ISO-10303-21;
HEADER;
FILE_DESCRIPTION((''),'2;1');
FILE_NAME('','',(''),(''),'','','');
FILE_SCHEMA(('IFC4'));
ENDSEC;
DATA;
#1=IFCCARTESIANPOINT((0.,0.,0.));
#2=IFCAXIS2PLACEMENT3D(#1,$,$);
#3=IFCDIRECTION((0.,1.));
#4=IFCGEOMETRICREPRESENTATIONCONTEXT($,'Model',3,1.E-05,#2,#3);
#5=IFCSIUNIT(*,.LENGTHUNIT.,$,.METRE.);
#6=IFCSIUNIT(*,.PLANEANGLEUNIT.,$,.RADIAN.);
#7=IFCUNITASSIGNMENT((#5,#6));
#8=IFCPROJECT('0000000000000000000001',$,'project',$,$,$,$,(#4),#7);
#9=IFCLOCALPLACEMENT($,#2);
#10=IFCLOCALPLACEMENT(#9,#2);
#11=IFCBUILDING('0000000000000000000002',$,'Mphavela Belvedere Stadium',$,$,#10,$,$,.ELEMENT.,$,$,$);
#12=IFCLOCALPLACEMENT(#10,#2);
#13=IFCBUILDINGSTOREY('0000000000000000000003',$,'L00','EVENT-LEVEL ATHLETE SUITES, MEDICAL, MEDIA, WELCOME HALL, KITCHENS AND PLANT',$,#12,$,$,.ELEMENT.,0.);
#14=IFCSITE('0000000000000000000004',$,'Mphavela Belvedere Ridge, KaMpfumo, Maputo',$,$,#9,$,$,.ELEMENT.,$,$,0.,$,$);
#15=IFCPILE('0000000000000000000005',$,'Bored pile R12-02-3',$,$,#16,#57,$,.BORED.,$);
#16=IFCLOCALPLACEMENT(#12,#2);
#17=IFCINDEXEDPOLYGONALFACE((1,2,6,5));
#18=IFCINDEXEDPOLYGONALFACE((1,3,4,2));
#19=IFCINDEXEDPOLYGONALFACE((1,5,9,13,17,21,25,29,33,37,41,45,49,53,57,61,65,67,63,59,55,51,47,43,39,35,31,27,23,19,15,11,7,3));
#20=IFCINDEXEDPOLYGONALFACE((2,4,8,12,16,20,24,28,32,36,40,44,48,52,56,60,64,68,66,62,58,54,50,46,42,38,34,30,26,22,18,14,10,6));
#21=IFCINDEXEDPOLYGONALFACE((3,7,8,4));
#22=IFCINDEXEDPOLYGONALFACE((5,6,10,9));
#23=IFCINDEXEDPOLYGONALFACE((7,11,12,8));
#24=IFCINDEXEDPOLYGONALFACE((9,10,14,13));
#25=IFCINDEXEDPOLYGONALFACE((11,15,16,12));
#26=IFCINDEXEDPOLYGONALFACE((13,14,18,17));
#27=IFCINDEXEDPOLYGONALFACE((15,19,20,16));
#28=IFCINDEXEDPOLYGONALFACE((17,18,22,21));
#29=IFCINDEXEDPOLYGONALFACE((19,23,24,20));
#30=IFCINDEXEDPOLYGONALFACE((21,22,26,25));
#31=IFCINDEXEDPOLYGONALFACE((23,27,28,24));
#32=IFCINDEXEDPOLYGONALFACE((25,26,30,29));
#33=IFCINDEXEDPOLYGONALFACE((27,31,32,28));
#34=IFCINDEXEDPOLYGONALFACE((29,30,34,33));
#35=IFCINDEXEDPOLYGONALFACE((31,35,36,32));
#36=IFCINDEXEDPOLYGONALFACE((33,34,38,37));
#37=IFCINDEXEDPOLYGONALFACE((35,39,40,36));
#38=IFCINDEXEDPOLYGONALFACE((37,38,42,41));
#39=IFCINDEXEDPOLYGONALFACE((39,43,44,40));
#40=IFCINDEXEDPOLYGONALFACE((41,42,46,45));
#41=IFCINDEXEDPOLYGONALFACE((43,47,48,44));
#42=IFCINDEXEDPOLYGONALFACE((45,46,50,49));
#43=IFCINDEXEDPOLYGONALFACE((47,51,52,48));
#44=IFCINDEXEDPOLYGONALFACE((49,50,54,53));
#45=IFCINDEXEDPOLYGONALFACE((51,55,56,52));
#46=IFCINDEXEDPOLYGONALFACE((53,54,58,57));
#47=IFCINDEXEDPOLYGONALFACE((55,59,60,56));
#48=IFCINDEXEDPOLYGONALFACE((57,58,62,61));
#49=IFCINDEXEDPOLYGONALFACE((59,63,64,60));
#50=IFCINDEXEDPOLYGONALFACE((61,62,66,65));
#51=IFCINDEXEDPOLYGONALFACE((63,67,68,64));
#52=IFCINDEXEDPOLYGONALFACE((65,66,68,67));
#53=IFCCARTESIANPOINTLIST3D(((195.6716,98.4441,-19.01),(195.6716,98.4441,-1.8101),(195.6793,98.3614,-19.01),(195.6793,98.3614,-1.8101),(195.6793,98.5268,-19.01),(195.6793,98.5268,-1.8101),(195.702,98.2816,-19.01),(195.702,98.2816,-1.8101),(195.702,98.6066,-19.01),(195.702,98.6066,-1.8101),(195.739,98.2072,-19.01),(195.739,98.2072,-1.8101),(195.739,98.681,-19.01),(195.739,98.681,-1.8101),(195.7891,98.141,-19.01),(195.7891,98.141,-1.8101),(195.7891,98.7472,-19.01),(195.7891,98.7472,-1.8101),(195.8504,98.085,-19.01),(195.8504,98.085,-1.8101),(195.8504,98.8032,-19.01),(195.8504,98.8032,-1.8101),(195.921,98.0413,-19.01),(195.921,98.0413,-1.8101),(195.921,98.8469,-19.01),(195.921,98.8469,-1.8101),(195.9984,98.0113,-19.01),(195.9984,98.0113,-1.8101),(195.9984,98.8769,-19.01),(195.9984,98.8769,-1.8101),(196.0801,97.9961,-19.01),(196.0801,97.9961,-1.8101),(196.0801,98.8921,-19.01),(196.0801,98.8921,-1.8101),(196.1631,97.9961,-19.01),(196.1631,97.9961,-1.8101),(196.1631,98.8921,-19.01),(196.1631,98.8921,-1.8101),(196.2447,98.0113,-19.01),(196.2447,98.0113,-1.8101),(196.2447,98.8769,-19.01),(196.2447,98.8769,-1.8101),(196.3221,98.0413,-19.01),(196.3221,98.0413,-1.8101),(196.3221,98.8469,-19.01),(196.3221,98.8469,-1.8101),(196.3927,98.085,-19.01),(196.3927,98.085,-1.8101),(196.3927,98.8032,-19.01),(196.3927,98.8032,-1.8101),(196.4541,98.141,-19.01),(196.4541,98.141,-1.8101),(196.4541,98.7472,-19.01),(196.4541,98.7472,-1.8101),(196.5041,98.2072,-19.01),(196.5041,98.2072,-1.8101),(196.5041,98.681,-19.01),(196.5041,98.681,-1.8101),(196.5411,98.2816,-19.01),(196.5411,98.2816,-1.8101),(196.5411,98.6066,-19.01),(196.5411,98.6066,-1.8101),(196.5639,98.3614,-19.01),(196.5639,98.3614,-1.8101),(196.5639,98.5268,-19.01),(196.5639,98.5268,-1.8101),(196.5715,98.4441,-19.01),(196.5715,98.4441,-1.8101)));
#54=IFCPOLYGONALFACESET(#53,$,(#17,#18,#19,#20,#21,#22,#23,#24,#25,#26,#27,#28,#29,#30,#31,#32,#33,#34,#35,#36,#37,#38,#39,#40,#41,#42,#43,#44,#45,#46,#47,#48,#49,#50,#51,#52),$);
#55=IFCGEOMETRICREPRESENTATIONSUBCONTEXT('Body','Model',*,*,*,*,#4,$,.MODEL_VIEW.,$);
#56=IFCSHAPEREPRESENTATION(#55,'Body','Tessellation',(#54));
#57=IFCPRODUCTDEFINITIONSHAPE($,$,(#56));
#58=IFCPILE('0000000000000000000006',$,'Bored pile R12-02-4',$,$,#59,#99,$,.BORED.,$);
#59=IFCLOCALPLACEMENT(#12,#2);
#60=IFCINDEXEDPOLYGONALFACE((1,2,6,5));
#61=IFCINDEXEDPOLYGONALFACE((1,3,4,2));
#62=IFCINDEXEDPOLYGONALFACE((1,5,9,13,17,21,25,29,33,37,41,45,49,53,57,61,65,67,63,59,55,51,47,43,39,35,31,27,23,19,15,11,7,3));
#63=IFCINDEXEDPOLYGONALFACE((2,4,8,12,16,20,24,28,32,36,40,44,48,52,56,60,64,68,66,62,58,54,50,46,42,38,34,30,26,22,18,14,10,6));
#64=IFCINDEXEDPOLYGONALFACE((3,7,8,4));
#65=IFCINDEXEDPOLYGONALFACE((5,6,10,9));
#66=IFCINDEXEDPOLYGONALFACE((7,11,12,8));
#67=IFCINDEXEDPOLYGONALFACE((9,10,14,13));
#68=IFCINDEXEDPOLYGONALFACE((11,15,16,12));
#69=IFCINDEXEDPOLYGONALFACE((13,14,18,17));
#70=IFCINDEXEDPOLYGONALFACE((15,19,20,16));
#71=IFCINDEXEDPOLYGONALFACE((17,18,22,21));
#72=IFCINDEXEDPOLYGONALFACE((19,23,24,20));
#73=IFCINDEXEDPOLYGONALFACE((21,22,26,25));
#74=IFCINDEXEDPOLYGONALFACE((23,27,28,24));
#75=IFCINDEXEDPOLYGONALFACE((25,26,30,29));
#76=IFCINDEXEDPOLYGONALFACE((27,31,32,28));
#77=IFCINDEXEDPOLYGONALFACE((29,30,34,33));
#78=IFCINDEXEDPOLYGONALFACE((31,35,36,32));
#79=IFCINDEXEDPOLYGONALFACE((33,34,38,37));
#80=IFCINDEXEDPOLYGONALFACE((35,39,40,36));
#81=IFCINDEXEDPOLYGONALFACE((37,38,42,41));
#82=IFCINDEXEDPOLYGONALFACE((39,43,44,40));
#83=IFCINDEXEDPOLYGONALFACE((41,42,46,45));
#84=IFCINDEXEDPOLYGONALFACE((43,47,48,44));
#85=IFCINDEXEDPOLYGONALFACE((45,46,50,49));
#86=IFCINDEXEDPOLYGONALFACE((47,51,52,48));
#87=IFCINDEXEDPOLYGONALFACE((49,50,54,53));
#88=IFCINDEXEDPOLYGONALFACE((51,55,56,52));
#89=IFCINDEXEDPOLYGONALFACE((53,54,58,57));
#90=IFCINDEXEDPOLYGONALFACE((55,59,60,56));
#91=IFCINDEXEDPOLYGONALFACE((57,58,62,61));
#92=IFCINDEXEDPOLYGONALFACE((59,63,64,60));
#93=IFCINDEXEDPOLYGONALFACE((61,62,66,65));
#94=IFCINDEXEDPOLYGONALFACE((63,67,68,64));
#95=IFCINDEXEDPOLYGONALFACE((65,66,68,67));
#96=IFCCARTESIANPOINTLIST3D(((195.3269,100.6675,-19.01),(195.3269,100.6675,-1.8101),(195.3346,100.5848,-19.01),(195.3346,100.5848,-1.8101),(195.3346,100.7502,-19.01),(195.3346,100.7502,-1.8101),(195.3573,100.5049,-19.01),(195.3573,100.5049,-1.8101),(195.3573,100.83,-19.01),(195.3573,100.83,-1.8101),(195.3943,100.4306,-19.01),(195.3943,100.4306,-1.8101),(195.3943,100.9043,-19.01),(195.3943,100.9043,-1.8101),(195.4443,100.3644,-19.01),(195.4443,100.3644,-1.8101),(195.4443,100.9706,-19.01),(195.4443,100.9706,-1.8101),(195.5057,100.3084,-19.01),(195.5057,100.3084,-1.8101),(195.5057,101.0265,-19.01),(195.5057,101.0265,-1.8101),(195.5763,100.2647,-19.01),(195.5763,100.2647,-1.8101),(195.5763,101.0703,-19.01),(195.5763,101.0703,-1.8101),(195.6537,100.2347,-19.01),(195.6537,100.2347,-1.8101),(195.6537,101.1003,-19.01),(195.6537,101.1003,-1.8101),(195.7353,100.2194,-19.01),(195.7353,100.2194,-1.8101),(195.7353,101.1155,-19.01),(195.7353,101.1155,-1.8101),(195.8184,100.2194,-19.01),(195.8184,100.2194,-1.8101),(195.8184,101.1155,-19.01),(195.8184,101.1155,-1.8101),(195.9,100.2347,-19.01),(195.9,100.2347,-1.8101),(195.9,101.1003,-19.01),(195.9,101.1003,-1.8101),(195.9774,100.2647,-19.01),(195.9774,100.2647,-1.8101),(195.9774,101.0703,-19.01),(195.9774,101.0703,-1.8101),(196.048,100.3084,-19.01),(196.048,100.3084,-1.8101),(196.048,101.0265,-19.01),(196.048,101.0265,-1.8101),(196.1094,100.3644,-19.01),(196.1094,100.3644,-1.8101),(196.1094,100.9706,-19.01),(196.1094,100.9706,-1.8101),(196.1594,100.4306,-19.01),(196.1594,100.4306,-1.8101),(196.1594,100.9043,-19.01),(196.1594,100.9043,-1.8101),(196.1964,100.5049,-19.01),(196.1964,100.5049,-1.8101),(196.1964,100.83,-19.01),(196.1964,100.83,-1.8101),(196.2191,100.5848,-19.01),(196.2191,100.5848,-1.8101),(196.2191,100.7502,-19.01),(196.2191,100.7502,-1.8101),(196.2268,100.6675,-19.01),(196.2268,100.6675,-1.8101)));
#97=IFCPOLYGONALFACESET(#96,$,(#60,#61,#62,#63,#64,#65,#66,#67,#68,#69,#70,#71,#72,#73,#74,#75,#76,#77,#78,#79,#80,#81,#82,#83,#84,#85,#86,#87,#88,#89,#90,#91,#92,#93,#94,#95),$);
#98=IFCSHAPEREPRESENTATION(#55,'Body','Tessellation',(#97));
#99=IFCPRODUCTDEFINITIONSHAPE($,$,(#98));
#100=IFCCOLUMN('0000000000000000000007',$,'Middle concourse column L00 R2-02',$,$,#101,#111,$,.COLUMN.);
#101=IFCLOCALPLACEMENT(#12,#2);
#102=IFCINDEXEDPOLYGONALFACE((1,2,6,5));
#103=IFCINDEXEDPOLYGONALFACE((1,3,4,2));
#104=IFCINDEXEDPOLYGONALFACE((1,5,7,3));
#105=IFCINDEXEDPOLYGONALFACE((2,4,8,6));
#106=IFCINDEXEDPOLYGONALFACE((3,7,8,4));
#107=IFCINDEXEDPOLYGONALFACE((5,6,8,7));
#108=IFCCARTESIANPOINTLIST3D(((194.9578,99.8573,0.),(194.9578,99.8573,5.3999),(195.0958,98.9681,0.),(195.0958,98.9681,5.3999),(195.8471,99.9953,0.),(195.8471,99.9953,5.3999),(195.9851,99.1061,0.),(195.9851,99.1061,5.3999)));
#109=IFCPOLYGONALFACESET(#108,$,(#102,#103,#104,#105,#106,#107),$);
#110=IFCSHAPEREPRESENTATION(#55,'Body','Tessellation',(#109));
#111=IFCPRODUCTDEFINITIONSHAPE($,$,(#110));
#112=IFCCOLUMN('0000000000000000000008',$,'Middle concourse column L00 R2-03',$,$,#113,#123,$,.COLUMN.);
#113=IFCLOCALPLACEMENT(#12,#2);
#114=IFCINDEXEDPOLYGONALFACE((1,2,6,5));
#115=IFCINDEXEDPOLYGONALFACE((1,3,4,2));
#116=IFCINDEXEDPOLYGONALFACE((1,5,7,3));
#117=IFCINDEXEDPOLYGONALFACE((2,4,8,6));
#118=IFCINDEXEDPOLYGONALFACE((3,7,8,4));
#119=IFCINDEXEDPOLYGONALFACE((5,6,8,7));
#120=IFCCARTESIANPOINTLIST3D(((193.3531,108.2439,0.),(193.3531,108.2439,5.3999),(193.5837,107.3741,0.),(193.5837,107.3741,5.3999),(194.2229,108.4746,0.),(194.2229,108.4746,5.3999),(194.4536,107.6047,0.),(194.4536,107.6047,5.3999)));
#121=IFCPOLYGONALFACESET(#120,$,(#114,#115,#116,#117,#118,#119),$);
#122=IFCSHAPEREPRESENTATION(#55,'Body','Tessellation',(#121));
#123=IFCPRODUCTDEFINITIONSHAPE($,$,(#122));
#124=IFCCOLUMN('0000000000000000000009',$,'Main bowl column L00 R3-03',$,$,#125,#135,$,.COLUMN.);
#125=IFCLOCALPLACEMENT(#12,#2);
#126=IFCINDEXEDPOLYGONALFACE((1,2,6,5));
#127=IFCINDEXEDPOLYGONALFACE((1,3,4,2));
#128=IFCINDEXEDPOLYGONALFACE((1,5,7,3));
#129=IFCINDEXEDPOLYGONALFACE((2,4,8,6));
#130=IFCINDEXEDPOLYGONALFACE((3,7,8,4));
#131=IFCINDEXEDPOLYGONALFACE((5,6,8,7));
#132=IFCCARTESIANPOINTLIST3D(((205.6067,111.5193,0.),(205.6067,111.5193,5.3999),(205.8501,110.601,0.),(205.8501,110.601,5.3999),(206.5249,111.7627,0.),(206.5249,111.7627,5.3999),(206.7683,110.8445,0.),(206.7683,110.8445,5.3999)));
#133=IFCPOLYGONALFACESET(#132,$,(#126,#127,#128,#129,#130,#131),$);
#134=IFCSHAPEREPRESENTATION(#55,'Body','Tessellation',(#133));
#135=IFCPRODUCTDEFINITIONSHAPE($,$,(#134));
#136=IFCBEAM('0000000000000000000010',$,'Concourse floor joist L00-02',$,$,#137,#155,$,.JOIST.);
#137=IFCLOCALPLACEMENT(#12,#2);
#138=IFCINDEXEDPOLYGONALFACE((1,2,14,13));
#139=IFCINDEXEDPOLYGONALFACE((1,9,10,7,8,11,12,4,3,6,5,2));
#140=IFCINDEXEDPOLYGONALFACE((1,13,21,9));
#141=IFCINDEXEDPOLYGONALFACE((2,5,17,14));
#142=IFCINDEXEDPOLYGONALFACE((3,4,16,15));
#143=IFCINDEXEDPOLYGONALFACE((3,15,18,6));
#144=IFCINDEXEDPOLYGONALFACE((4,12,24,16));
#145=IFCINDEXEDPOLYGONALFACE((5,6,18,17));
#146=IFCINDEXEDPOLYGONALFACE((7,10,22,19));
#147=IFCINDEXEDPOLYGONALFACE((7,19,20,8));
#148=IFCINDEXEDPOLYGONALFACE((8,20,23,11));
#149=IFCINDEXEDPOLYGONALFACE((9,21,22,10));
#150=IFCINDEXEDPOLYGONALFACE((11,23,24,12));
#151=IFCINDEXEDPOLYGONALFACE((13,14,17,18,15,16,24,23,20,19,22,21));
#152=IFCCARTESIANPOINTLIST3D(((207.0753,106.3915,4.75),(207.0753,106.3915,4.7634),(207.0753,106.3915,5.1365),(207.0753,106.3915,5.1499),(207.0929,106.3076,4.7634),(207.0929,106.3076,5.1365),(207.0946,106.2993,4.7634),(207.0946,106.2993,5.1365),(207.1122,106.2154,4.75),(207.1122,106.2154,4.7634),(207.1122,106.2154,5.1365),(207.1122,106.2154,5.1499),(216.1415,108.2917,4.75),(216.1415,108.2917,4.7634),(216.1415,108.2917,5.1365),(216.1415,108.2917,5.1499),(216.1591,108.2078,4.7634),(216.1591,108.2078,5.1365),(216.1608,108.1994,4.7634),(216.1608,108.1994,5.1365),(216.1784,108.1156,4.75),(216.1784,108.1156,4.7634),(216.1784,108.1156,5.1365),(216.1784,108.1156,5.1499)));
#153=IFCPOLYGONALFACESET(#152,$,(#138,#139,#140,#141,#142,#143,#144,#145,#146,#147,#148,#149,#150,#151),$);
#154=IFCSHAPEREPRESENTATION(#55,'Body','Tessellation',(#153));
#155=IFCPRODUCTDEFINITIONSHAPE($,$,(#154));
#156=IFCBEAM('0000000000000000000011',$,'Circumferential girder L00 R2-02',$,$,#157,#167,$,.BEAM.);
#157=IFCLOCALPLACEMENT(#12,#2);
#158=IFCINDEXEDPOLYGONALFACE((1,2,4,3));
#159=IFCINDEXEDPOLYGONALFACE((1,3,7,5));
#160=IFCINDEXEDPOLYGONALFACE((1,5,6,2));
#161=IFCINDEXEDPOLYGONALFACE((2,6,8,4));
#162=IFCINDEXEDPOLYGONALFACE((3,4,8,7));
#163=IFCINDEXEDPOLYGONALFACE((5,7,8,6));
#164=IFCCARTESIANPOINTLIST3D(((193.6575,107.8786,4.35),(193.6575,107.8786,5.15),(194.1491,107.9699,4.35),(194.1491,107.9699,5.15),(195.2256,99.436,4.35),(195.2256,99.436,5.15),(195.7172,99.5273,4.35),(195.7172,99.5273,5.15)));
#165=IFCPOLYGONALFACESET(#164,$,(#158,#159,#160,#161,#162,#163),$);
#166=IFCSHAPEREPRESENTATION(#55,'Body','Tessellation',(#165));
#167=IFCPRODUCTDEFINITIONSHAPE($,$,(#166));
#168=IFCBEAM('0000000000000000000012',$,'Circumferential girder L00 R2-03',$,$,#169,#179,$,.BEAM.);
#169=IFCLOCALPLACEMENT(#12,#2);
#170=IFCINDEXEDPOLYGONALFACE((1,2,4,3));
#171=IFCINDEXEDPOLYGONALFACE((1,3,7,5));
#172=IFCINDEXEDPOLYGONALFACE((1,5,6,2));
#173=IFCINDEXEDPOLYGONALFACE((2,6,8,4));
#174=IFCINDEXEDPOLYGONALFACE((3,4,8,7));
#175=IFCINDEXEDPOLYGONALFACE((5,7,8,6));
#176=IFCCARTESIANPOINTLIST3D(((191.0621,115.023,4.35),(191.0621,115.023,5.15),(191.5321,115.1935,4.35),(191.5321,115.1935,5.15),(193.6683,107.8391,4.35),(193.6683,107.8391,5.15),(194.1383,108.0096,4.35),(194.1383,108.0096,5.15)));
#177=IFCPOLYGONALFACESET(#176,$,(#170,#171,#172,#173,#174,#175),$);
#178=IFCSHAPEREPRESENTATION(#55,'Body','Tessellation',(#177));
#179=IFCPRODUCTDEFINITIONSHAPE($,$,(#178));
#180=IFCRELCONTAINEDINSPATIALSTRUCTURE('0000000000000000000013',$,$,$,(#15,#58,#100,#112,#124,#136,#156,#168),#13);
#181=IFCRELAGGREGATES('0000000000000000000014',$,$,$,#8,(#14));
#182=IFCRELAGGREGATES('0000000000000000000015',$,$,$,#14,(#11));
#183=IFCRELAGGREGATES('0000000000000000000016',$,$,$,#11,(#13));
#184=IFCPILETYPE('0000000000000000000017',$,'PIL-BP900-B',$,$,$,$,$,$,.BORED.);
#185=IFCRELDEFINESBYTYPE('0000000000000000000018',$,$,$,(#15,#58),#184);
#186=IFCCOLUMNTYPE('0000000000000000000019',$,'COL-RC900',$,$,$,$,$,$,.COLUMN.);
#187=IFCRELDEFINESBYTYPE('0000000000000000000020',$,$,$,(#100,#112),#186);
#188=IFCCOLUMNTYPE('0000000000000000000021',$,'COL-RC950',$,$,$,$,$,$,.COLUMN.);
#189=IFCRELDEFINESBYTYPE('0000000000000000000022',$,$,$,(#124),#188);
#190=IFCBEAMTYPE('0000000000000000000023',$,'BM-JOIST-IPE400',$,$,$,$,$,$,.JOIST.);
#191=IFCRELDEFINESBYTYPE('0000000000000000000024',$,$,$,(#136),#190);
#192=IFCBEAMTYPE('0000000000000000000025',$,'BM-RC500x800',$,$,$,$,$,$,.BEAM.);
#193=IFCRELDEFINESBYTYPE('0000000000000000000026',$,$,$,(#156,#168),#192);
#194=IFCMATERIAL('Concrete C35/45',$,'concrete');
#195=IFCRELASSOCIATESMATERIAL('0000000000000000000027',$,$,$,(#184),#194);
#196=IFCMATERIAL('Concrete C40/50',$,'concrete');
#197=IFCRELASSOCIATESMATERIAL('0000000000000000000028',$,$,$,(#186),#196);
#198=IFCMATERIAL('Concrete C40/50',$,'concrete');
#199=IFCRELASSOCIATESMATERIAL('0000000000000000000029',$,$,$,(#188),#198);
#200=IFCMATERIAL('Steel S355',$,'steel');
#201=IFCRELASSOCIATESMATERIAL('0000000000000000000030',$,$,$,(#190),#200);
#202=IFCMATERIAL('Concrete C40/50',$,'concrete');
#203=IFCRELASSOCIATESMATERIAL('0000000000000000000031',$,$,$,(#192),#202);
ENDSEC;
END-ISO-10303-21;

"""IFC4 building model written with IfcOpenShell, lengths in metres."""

from ifc_helpers import new_model, si_unit, direction, frame, origin, origin_2d, place, context, subcontext, project, spatial, rectangle, circle, i_section, extrude, material, material_profile, profile_set, type_object, element, save


model = new_model("IFC4")

# Units and contexts
model_context = context("Model", 3, precision=1e-05, world=origin(), true_north=direction((0.0, 1.0)))
body_context = subcontext(model_context, "Body", "Model", "MODEL_VIEW")
ifc_project = project(units=[si_unit("LENGTHUNIT", "METRE"), si_unit("PLANEANGLEUNIT", "RADIAN")], contexts=[model_context])

# Site, building, storey
site_placement = place(None, origin())
site = spatial("IfcSite", under=ifc_project, at=site_placement, Name="Mphavela Belvedere Ridge, KaMpfumo, Maputo", CompositionType="ELEMENT", RefElevation=0.0)
building_placement = place(site_placement, origin())
building = spatial("IfcBuilding", under=site, at=building_placement, Name="Mphavela Belvedere Stadium", CompositionType="ELEMENT")
storey_placement = place(building_placement, origin())
storey = spatial("IfcBuildingStorey", under=building, at=storey_placement, Name="L00", Description="EVENT-LEVEL ATHLETE SUITES, MEDICAL, MEDIA, WELCOME HALL, KITCHENS AND PLANT", CompositionType="ELEMENT", Elevation=0.0)

# Piles
ifc_material_1 = material(Name="Concrete C35/45", Category="concrete")
ifc_material_profile_1 = material_profile(ifc_material_1, circle(Radius=0.45, at=origin_2d()), Name="BP D900")
ifc_profile_set_1 = profile_set([ifc_material_profile_1], Name="Concrete C35/45")
pile_type_1 = type_object("IfcPileType", Name="PIL-BP900-B", PredefinedType="BORED", material=ifc_profile_set_1)
for number, where, z_axis, x_axis, name in (
    (1, (196.1216, 98.4441, -1.8101), (0.0, 0.0, -1.0), (1.0, 0.0, 0.0), "Bored pile R12-02-3"),
    (2, (195.7769, 100.6675, -1.8101), (0.0, 0.0, -1.0), (1.0, 0.0, 0.0), "Bored pile R12-02-4"),
):
    element("IfcPile", number, at=place(storey_placement, frame(where, z_axis=z_axis, x_axis=x_axis)), inside=storey, type_object=pile_type_1, Name=name, PredefinedType="BORED", context=body_context, shape_type="SweptSolid", body=[
        extrude(circle(Radius=0.45, at=origin_2d()), origin(), (0.0, 0.0, 1.0), 17.2),
    ])

# Columns
ifc_material_2 = material(Name="Concrete C40/50", Category="concrete")
ifc_material_profile_2 = material_profile(ifc_material_2, rectangle(XDim=0.8999, YDim=0.8999, at=origin_2d()), Name="RC 900x900")
ifc_profile_set_2 = profile_set([ifc_material_profile_2], Name="Concrete C40/50")
column_type_1 = type_object("IfcColumnType", Name="COL-RC900", PredefinedType="COLUMN", material=ifc_profile_set_2)
for number, where, z_axis, x_axis, name in (
    (3, (195.4714, 99.4817, 0.0), (0.0, 0.0, 1.0), (0.988175, 0.153331, 0.0), "Middle concourse column L00 R2-02"),
    (4, (193.9033, 107.9243, 0.0), (0.0, 0.0, 1.0), (0.9666, 0.256289, 0.0), "Middle concourse column L00 R2-03"),
):
    element("IfcColumn", number, at=place(storey_placement, frame(where, z_axis=z_axis, x_axis=x_axis)), inside=storey, type_object=column_type_1, Name=name, PredefinedType="COLUMN", context=body_context, shape_type="SweptSolid", body=[
        extrude(rectangle(XDim=0.8999, YDim=0.8999, at=origin_2d()), origin(), (0.0, 0.0, 1.0), 5.3999),
    ])
ifc_material_3 = material(Name="Concrete C40/50", Category="concrete")
ifc_material_profile_3 = material_profile(ifc_material_3, rectangle(XDim=0.95, YDim=0.95, at=origin_2d()), Name="RC 950x950")
ifc_profile_set_3 = profile_set([ifc_material_profile_3], Name="Concrete C40/50")
column_type_2 = type_object("IfcColumnType", Name="COL-RC950", PredefinedType="COLUMN", material=ifc_profile_set_3)
column_placement = place(storey_placement, frame((206.1875, 111.1819, 0.0), z_axis=(0.0, 0.0, 1.0), x_axis=(0.9666, 0.256289, 0.0)))
element("IfcColumn", 5, at=column_placement, inside=storey, type_object=column_type_2, Name="Main bowl column L00 R3-03", PredefinedType="COLUMN", context=body_context, shape_type="SweptSolid", body=[
    extrude(rectangle(XDim=0.95, YDim=0.95, at=origin_2d()), origin(), (0.0, 0.0, 1.0), 5.3999),
])

# Beams
ifc_material_4 = material(Name="Steel S355", Category="steel")
ifc_material_profile_4 = material_profile(ifc_material_4, i_section(OverallWidth=0.1799, OverallDepth=0.3999, WebThickness=0.0085, FlangeThickness=0.0134, at=origin_2d()), Name="IPE 400")
ifc_profile_set_4 = profile_set([ifc_material_profile_4], Name="Steel S355")
beam_type_1 = type_object("IfcBeamType", Name="BM-JOIST-IPE400", PredefinedType="JOIST", material=ifc_profile_set_4)
beam_1_placement = place(storey_placement, frame((207.0938, 106.3035, 4.95), z_axis=(0.978735, 0.20513, 0.0), x_axis=(-0.20513, 0.978735, 0.0)))
element("IfcBeam", 6, at=beam_1_placement, inside=storey, type_object=beam_type_1, Name="Concourse floor joist L00-02", PredefinedType="JOIST", context=body_context, shape_type="SweptSolid", body=[
    extrude(i_section(OverallWidth=0.1799, OverallDepth=0.3999, WebThickness=0.0085, FlangeThickness=0.0134, at=origin_2d()), origin(), (0.0, 0.0, 1.0), 9.2632),
])
ifc_material_5 = material(Name="Concrete C40/50", Category="concrete")
ifc_material_profile_5 = material_profile(ifc_material_5, rectangle(XDim=0.5, YDim=0.8, at=origin_2d()), Name="RC 500x800")
ifc_profile_set_5 = profile_set([ifc_material_profile_5], Name="Concrete C40/50")
beam_type_2 = type_object("IfcBeamType", Name="BM-RC500x800", PredefinedType="BEAM", material=ifc_profile_set_5)
beam_2_placement = place(storey_placement, frame((195.4714, 99.4817, 4.75), z_axis=(-0.182615, 0.983185, 0.0), x_axis=(-0.983185, -0.182615, 0.0)))
element("IfcBeam", 7, at=beam_2_placement, inside=storey, type_object=beam_type_2, Name="Circumferential girder L00 R2-02", PredefinedType="BEAM", context=body_context, shape_type="SweptSolid", body=[
    extrude(rectangle(XDim=0.5, YDim=0.8, at=origin_2d()), origin(), (0.0, 0.0, 1.0), 8.5869),
])
beam_3_placement = place(storey_placement, frame((193.9033, 107.9243, 4.75), z_axis=(-0.341038, 0.94005, 0.0), x_axis=(-0.94005, -0.341038, 0.0)))
element("IfcBeam", 8, at=beam_3_placement, inside=storey, type_object=beam_type_2, Name="Circumferential girder L00 R2-03", PredefinedType="BEAM", context=body_context, shape_type="SweptSolid", body=[
    extrude(rectangle(XDim=0.5, YDim=0.8, at=origin_2d()), origin(), (0.0, 0.0, 1.0), 7.6421),
])

save(model, "model.ifc")
